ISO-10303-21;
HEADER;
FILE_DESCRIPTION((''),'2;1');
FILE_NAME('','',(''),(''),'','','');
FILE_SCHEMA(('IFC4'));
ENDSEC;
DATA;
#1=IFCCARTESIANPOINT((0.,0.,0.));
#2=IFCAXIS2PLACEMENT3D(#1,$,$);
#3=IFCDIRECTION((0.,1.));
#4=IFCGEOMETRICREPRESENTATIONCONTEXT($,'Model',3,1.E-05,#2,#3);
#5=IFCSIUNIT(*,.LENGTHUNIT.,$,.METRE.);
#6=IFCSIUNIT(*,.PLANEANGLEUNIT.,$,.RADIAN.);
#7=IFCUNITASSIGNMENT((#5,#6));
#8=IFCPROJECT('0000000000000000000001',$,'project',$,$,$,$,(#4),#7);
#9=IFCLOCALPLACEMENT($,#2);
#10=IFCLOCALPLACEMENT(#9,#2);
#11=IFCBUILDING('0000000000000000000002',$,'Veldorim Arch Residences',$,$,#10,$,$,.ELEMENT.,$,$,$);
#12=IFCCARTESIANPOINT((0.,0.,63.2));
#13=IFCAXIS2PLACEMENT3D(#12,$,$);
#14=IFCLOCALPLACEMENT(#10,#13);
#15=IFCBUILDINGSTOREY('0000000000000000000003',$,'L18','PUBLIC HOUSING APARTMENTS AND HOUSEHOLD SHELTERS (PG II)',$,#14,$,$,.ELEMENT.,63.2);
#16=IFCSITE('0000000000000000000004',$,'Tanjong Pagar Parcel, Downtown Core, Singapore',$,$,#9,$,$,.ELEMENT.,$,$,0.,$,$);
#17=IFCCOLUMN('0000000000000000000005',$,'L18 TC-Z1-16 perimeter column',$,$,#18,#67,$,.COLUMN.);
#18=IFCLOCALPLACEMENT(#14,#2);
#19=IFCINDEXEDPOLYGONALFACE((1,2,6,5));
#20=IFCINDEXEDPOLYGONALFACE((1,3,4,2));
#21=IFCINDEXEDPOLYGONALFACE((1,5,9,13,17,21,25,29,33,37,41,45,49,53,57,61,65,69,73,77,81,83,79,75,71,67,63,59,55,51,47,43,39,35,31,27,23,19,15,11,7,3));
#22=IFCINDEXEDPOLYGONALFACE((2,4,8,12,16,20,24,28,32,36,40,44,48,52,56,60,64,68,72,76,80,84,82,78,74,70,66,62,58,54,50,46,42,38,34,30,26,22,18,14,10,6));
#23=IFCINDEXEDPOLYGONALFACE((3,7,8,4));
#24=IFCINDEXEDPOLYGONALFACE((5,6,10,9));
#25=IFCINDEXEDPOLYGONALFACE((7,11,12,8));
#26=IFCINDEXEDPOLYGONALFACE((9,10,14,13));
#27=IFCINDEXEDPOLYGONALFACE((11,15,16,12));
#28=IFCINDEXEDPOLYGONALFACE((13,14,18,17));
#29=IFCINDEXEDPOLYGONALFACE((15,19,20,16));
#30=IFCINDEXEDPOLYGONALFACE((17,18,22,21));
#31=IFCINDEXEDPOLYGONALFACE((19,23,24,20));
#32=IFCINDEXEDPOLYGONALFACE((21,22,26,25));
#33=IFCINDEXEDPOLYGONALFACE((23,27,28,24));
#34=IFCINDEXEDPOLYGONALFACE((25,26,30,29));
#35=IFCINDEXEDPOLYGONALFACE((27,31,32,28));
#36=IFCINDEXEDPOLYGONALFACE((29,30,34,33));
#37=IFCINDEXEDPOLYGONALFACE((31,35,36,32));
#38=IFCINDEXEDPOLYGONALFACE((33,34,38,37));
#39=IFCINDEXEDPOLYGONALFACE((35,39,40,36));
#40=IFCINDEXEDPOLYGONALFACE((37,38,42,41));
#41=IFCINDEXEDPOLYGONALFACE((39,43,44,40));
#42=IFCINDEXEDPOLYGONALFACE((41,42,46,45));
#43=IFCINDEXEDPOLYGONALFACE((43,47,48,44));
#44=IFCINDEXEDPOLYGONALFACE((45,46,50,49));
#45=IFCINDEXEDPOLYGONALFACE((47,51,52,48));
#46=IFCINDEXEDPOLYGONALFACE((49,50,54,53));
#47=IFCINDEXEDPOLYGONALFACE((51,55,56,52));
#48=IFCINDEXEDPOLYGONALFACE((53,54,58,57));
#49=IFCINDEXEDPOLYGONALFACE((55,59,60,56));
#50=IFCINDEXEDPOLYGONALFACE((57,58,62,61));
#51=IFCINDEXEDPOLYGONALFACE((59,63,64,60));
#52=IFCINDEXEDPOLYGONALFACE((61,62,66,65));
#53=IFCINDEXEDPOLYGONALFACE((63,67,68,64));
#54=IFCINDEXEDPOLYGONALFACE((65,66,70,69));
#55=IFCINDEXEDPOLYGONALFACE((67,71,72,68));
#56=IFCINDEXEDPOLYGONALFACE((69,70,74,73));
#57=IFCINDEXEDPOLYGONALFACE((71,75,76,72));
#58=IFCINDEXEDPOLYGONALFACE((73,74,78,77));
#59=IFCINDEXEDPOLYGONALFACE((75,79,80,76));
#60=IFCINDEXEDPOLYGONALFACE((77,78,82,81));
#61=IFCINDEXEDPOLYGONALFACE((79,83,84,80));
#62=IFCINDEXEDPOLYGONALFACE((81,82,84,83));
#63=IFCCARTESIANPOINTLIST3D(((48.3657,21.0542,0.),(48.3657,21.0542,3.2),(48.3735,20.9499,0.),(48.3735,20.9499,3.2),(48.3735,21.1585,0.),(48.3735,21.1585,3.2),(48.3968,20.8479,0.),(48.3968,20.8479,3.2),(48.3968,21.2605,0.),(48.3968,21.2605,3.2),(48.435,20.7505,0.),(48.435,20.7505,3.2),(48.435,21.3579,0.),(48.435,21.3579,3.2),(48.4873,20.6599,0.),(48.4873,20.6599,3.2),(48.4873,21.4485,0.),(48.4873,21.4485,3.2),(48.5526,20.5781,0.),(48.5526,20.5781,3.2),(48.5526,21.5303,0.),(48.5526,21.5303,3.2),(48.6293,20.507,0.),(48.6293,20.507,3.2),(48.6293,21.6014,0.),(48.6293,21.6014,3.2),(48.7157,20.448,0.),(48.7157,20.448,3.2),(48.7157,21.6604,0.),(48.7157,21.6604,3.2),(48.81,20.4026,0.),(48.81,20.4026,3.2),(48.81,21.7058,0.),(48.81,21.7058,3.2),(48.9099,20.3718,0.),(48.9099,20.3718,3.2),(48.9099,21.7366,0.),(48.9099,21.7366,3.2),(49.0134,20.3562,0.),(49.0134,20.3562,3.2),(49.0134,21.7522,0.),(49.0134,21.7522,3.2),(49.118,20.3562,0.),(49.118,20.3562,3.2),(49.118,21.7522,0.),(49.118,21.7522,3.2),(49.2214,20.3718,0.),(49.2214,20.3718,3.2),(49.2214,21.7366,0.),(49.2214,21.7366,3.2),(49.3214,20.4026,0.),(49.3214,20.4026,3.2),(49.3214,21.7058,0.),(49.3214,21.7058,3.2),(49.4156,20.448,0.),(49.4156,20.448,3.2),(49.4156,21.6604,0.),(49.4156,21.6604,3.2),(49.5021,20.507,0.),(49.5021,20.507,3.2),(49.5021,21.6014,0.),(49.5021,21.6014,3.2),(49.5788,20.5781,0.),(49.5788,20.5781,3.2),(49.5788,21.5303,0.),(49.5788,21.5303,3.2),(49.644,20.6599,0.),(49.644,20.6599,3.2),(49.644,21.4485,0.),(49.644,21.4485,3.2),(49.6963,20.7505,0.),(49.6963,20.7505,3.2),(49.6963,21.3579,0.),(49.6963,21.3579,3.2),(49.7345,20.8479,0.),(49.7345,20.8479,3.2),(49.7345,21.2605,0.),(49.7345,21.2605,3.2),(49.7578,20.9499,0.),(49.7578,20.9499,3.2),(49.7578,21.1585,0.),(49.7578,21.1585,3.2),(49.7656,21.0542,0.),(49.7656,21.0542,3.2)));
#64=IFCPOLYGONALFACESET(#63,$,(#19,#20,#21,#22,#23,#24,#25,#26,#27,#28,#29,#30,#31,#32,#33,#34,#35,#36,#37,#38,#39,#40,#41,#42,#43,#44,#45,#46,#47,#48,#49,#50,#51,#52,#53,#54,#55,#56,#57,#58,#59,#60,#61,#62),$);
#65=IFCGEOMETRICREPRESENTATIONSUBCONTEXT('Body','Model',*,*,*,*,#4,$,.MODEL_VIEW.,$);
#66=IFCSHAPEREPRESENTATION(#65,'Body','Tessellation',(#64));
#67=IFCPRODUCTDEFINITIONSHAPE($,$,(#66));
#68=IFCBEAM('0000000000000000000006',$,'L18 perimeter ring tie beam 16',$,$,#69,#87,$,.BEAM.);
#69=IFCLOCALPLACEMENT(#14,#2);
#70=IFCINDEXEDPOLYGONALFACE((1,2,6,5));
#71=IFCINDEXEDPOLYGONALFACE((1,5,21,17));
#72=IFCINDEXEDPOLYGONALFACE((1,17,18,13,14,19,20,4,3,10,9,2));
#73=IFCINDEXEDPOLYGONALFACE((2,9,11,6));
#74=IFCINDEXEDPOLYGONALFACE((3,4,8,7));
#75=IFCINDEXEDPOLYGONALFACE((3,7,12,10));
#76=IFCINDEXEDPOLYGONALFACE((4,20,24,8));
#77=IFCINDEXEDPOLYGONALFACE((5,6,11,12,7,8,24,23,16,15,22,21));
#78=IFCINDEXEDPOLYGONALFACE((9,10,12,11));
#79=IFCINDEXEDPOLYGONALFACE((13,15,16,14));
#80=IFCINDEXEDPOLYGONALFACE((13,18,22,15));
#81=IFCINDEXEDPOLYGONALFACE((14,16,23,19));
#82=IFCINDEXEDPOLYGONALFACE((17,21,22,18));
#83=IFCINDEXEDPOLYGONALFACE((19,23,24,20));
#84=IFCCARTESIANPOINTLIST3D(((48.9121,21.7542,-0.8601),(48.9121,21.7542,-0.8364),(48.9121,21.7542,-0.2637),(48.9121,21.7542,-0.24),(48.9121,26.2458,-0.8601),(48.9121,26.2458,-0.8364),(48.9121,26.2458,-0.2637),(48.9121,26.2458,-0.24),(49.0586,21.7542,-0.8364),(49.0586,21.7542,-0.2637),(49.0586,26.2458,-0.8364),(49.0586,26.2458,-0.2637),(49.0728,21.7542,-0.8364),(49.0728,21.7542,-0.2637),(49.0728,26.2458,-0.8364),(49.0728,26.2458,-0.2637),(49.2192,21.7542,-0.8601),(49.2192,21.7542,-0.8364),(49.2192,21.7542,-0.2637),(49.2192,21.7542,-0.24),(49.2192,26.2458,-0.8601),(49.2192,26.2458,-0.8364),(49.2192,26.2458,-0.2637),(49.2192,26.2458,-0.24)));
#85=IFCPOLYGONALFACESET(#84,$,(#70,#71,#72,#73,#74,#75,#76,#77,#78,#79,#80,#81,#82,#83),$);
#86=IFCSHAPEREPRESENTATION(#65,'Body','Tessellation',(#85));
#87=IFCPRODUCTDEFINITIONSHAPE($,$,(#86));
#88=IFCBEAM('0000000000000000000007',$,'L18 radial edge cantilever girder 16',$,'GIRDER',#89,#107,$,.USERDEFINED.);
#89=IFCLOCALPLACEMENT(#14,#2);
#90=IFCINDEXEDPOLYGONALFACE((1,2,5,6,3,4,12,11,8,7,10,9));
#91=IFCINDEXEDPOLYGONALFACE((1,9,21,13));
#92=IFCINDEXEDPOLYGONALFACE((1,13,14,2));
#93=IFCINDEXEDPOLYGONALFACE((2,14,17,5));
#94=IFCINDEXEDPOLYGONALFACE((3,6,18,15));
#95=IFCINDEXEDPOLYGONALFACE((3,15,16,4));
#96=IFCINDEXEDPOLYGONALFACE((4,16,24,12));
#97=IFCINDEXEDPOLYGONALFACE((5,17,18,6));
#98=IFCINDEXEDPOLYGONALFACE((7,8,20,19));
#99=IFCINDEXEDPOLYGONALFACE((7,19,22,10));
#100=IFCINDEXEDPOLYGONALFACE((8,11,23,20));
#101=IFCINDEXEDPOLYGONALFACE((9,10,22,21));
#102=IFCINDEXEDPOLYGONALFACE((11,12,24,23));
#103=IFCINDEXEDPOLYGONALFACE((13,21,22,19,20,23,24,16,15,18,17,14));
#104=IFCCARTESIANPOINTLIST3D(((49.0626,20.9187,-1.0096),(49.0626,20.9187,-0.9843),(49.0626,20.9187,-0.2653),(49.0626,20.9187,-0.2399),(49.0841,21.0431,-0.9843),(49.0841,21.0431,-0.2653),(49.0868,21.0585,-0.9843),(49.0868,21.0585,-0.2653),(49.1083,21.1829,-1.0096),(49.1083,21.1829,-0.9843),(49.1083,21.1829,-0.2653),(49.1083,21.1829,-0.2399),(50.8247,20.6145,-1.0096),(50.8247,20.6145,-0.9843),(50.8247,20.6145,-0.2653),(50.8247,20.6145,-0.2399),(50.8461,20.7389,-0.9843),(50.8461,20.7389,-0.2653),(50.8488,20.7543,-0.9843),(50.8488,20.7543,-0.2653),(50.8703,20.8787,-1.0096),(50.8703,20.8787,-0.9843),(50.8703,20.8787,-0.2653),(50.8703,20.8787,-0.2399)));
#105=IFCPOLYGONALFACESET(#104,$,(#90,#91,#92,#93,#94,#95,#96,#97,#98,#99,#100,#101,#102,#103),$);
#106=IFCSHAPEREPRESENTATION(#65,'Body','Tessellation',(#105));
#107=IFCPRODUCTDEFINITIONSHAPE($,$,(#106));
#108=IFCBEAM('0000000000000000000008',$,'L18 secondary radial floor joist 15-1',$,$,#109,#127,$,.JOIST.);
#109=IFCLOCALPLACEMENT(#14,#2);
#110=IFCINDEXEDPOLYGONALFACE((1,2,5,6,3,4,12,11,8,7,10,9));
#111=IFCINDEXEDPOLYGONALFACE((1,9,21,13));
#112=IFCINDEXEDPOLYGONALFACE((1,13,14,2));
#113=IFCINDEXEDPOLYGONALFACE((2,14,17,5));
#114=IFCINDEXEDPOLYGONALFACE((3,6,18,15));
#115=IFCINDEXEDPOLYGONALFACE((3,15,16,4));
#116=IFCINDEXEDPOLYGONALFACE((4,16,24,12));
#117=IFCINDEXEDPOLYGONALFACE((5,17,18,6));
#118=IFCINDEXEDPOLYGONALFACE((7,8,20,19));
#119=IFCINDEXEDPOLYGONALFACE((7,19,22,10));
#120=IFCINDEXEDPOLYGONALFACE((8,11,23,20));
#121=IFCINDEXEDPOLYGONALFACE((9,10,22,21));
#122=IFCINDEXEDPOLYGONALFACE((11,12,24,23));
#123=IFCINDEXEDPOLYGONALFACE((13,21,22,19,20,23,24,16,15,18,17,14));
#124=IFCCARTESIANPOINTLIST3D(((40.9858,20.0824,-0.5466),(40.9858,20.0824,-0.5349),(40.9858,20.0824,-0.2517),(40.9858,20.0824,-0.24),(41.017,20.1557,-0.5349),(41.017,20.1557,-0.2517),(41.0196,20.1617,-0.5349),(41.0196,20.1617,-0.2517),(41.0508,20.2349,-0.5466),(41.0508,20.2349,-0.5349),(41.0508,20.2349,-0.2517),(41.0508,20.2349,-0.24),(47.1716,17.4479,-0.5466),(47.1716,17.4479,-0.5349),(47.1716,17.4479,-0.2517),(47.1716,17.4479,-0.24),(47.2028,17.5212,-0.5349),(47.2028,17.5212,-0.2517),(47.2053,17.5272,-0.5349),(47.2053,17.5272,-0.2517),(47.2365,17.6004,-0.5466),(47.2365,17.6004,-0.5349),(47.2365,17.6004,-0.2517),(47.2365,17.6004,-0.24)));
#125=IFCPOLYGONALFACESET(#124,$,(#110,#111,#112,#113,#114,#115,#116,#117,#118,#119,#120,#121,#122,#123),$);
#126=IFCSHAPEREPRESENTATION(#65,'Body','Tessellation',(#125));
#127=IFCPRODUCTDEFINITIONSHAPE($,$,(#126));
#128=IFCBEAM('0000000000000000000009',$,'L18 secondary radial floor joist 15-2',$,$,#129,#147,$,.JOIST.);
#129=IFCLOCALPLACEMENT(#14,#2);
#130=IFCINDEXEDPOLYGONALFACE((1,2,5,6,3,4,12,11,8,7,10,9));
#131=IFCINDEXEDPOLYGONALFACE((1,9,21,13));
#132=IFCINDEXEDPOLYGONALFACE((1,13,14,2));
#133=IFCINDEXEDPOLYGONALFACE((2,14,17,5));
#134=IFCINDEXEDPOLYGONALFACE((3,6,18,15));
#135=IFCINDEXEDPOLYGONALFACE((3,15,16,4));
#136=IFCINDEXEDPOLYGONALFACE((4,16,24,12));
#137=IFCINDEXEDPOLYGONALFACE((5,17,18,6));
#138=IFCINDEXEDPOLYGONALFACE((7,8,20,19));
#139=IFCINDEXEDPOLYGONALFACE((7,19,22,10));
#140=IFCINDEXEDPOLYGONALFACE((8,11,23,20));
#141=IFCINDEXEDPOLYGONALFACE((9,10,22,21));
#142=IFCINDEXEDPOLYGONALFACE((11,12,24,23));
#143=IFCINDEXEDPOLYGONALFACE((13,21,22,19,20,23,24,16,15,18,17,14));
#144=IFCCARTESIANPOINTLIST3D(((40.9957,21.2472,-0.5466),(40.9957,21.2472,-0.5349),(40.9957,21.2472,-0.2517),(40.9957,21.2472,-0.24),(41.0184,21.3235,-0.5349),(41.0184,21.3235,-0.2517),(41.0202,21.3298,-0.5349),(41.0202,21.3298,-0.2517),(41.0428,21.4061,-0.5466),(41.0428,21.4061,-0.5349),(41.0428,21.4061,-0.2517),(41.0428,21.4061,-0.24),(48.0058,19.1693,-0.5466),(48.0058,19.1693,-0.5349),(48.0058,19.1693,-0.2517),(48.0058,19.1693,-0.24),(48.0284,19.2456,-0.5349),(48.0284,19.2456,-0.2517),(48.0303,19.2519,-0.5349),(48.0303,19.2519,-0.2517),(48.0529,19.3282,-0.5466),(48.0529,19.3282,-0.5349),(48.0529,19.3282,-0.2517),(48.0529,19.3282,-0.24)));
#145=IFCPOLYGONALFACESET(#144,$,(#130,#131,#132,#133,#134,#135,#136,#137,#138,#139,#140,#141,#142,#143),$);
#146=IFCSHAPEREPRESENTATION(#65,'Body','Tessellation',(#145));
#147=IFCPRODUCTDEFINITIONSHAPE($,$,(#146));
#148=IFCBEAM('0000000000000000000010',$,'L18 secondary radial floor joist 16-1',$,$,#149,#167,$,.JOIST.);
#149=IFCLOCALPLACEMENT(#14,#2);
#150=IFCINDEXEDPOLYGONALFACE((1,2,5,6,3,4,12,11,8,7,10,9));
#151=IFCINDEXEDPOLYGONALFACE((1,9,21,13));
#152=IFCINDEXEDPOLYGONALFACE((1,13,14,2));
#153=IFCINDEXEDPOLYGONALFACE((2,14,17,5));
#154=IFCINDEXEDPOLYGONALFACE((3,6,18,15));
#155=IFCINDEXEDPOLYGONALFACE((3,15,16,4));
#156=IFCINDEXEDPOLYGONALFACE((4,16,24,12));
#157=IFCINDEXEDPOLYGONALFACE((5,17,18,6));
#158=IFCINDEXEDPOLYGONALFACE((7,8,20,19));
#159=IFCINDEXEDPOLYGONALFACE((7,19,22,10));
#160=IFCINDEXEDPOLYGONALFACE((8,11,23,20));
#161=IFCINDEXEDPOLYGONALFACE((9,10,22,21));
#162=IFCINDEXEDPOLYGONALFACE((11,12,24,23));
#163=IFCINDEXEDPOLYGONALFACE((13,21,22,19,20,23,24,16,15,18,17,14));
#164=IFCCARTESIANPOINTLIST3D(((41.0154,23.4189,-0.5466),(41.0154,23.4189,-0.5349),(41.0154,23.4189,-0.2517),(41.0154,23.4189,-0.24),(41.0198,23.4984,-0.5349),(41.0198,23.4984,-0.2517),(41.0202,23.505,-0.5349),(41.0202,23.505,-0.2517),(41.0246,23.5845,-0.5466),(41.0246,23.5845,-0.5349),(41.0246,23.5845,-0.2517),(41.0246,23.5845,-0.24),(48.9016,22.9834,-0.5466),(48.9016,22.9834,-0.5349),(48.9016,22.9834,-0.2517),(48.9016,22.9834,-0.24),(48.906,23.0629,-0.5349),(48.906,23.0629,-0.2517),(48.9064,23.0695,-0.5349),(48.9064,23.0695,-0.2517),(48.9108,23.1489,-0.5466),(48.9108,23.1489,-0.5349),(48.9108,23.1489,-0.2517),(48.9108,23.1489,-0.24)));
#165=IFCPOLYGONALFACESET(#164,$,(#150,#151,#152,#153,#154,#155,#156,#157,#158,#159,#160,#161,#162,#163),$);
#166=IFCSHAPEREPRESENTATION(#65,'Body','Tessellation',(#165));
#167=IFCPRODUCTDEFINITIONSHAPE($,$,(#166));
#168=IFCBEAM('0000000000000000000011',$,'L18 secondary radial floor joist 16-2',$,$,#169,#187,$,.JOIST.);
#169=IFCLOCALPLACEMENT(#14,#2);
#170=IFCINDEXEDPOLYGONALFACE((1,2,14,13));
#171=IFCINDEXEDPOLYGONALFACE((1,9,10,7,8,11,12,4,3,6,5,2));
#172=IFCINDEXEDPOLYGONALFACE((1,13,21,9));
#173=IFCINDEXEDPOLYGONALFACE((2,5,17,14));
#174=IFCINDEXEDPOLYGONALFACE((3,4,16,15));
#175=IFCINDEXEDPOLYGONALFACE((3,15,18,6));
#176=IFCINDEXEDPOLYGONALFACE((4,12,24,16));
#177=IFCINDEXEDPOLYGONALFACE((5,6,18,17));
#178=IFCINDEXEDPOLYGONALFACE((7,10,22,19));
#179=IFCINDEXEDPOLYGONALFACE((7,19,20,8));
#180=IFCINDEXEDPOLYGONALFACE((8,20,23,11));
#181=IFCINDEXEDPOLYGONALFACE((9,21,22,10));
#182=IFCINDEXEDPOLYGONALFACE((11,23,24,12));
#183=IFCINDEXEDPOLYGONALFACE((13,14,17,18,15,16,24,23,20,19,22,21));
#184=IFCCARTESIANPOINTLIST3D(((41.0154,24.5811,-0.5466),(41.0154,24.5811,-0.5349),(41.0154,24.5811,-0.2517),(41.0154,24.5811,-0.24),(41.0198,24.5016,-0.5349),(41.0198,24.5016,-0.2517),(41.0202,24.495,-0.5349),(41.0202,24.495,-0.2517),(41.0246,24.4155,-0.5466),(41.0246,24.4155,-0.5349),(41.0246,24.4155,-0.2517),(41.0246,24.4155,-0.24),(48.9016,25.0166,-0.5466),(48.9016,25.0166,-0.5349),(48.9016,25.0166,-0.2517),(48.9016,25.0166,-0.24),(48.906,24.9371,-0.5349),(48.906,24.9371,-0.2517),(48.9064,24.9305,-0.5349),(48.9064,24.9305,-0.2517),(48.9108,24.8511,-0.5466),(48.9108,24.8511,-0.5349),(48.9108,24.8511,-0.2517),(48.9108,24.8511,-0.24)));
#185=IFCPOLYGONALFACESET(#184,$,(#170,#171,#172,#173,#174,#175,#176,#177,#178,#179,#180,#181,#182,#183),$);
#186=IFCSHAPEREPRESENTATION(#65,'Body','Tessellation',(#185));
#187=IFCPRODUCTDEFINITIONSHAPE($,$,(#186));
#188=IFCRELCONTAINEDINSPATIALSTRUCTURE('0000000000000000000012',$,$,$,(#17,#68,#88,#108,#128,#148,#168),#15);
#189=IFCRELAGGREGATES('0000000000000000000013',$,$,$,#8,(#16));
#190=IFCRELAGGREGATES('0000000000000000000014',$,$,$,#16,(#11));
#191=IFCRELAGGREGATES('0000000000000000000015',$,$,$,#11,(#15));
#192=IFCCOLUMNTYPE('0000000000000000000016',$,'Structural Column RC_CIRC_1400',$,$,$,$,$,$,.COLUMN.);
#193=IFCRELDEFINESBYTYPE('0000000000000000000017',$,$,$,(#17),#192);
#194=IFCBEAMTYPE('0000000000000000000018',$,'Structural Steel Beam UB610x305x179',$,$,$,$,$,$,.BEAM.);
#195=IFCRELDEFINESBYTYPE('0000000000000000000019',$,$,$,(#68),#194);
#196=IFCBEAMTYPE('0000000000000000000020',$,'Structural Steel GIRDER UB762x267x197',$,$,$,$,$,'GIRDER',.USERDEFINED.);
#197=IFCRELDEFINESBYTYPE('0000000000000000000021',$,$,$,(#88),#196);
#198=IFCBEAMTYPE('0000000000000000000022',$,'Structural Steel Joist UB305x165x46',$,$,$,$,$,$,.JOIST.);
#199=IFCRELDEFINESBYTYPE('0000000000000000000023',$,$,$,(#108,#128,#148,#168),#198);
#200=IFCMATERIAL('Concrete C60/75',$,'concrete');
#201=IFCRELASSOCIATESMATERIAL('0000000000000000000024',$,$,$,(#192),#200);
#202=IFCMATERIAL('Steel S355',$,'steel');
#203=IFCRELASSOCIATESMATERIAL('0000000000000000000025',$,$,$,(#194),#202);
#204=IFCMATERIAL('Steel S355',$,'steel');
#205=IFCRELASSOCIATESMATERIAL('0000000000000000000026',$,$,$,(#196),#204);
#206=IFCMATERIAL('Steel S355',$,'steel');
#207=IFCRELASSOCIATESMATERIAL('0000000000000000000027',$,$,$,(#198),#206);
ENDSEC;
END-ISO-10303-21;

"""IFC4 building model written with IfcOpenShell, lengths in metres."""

from ifc_helpers import new_model, si_unit, direction, frame, origin, origin_2d, place, context, subcontext, project, spatial, circle, i_section, extrude, material, material_profile, profile_set, type_object, element, save


model = new_model("IFC4")

# Units and contexts
model_context = context("Model", 3, precision=1e-05, world=origin(), true_north=direction((0.0, 1.0)))
body_context = subcontext(model_context, "Body", "Model", "MODEL_VIEW")
ifc_project = project(units=[si_unit("LENGTHUNIT", "METRE"), si_unit("PLANEANGLEUNIT", "RADIAN")], contexts=[model_context])

# Site, building, storey
site_placement = place(None, origin())
site = spatial("IfcSite", under=ifc_project, at=site_placement, Name="Tanjong Pagar Parcel, Downtown Core, Singapore", CompositionType="ELEMENT", RefElevation=0.0)
building_placement = place(site_placement, origin())
building = spatial("IfcBuilding", under=site, at=building_placement, Name="Veldorim Arch Residences", CompositionType="ELEMENT")
storey_placement = place(building_placement, frame((0.0, 0.0, 63.2)))
storey = spatial("IfcBuildingStorey", under=building, at=storey_placement, Name="L18", Description="PUBLIC HOUSING APARTMENTS AND HOUSEHOLD SHELTERS (PG II)", CompositionType="ELEMENT", Elevation=63.2)

# Column
ifc_material_1 = material(Name="Concrete C60/75", Category="concrete")
ifc_material_profile_1 = material_profile(ifc_material_1, circle(Radius=0.7, at=origin_2d()), Name="RC_CIRC_1400")
ifc_profile_set_1 = profile_set([ifc_material_profile_1], Name="Concrete C60/75")
column_type = type_object("IfcColumnType", Name="Structural Column RC_CIRC_1400", PredefinedType="COLUMN", material=ifc_profile_set_1)
column_placement = place(storey_placement, frame((49.0657, 21.0542, 0.0), z_axis=(0.0, 0.0, 1.0), x_axis=(1.0, 0.0, 0.0)))
element("IfcColumn", 1, at=column_placement, inside=storey, type_object=column_type, Name="L18 TC-Z1-16 perimeter column", PredefinedType="COLUMN", context=body_context, shape_type="SweptSolid", body=[
    extrude(circle(Radius=0.7, at=origin_2d()), origin(), (0.0, 0.0, 1.0), 3.2),
])

# Beams
ifc_material_2 = material(Name="Steel S355", Category="steel")
ifc_material_profile_2 = material_profile(ifc_material_2, i_section(OverallWidth=0.3071, OverallDepth=0.6201, WebThickness=0.0142, FlangeThickness=0.0237, at=origin_2d()), Name="UB610x305x179")
ifc_profile_set_2 = profile_set([ifc_material_profile_2], Name="Steel S355")
beam_type_1 = type_object("IfcBeamType", Name="Structural Steel Beam UB610x305x179", PredefinedType="BEAM", material=ifc_profile_set_2)
beam_1_placement = place(storey_placement, frame((49.0657, 21.7542, -0.55), z_axis=(0.0, 1.0, 0.0), x_axis=(-1.0, 0.0, 0.0)))
element("IfcBeam", 2, at=beam_1_placement, inside=storey, type_object=beam_type_1, Name="L18 perimeter ring tie beam 16", PredefinedType="BEAM", context=body_context, shape_type="SweptSolid", body=[
    extrude(i_section(OverallWidth=0.3071, OverallDepth=0.6201, WebThickness=0.0142, FlangeThickness=0.0237, at=origin_2d()), origin(), (0.0, 0.0, 1.0), 4.4917),
])
ifc_material_3 = material(Name="Steel S355", Category="steel")
ifc_material_profile_3 = material_profile(ifc_material_3, i_section(OverallWidth=0.2681, OverallDepth=0.7698, WebThickness=0.0156, FlangeThickness=0.0254, at=origin_2d()), Name="UB762x267x197")
ifc_profile_set_3 = profile_set([ifc_material_profile_3], Name="Steel S355")
beam_type_2 = type_object("IfcBeamType", Name="Structural Steel GIRDER UB762x267x197", ElementType="GIRDER", PredefinedType="USERDEFINED", material=ifc_profile_set_3)
beam_2_placement = place(storey_placement, frame((49.0854, 21.0508, -0.6248), z_axis=(0.985421, -0.170131, 0.0), x_axis=(0.170131, 0.985421, 0.0)))
element("IfcBeam", 3, at=beam_2_placement, inside=storey, type_object=beam_type_2, Name="L18 radial edge cantilever girder 16", ObjectType="GIRDER", PredefinedType="USERDEFINED", context=body_context, shape_type="SweptSolid", body=[
    extrude(i_section(OverallWidth=0.2681, OverallDepth=0.7698, WebThickness=0.0156, FlangeThickness=0.0254, at=origin_2d()), origin(), (0.0, 0.0, 1.0), 1.7881),
])
ifc_material_4 = material(Name="Steel S355", Category="steel")
ifc_material_profile_4 = material_profile(ifc_material_4, i_section(OverallWidth=0.1658, OverallDepth=0.3066, WebThickness=0.0066, FlangeThickness=0.0117, at=origin_2d()), Name="UB305x165x46")
ifc_profile_set_4 = profile_set([ifc_material_profile_4], Name="Steel S355")
beam_type_3 = type_object("IfcBeamType", Name="Structural Steel Joist UB305x165x46", PredefinedType="JOIST", material=ifc_profile_set_4)
beam_3_placement = place(storey_placement, frame((41.0183, 20.1587, -0.3933), z_axis=(0.920033, -0.391841, 0.0), x_axis=(0.391841, 0.920033, 0.0)))
element("IfcBeam", 4, at=beam_3_placement, inside=storey, type_object=beam_type_3, Name="L18 secondary radial floor joist 15-1", PredefinedType="JOIST", context=body_context, shape_type="SweptSolid", body=[
    extrude(i_section(OverallWidth=0.1658, OverallDepth=0.3066, WebThickness=0.0066, FlangeThickness=0.0117, at=origin_2d()), origin(), (0.0, 0.0, 1.0), 6.7234),
])
beam_4_placement = place(storey_placement, frame((41.0193, 21.3267, -0.3933), z_axis=(0.958767, -0.284194, 0.0), x_axis=(0.284194, 0.958767, 0.0)))
element("IfcBeam", 5, at=beam_4_placement, inside=storey, type_object=beam_type_3, Name="L18 secondary radial floor joist 15-2", PredefinedType="JOIST", context=body_context, shape_type="SweptSolid", body=[
    extrude(i_section(OverallWidth=0.1658, OverallDepth=0.3066, WebThickness=0.0066, FlangeThickness=0.0117, at=origin_2d()), origin(), (0.0, 0.0, 1.0), 7.3115),
])
for number, where, z_axis, x_axis, name in (
    (6, (41.02, 23.5017, -0.3933), (0.998478, -0.055145, 0.0), (0.055145, 0.998478, 0.0), "L18 secondary radial floor joist 16-1"),
    (7, (41.02, 24.4983, -0.3933), (0.998478, 0.055145, 0.0), (-0.055145, 0.998478, 0.0), "L18 secondary radial floor joist 16-2"),
):
    element("IfcBeam", number, at=place(storey_placement, frame(where, z_axis=z_axis, x_axis=x_axis)), inside=storey, type_object=beam_type_3, Name=name, PredefinedType="JOIST", context=body_context, shape_type="SweptSolid", body=[
        extrude(i_section(OverallWidth=0.1658, OverallDepth=0.3066, WebThickness=0.0066, FlangeThickness=0.0117, at=origin_2d()), origin(), (0.0, 0.0, 1.0), 7.8982),
    ])

save(model, "model.ifc")
